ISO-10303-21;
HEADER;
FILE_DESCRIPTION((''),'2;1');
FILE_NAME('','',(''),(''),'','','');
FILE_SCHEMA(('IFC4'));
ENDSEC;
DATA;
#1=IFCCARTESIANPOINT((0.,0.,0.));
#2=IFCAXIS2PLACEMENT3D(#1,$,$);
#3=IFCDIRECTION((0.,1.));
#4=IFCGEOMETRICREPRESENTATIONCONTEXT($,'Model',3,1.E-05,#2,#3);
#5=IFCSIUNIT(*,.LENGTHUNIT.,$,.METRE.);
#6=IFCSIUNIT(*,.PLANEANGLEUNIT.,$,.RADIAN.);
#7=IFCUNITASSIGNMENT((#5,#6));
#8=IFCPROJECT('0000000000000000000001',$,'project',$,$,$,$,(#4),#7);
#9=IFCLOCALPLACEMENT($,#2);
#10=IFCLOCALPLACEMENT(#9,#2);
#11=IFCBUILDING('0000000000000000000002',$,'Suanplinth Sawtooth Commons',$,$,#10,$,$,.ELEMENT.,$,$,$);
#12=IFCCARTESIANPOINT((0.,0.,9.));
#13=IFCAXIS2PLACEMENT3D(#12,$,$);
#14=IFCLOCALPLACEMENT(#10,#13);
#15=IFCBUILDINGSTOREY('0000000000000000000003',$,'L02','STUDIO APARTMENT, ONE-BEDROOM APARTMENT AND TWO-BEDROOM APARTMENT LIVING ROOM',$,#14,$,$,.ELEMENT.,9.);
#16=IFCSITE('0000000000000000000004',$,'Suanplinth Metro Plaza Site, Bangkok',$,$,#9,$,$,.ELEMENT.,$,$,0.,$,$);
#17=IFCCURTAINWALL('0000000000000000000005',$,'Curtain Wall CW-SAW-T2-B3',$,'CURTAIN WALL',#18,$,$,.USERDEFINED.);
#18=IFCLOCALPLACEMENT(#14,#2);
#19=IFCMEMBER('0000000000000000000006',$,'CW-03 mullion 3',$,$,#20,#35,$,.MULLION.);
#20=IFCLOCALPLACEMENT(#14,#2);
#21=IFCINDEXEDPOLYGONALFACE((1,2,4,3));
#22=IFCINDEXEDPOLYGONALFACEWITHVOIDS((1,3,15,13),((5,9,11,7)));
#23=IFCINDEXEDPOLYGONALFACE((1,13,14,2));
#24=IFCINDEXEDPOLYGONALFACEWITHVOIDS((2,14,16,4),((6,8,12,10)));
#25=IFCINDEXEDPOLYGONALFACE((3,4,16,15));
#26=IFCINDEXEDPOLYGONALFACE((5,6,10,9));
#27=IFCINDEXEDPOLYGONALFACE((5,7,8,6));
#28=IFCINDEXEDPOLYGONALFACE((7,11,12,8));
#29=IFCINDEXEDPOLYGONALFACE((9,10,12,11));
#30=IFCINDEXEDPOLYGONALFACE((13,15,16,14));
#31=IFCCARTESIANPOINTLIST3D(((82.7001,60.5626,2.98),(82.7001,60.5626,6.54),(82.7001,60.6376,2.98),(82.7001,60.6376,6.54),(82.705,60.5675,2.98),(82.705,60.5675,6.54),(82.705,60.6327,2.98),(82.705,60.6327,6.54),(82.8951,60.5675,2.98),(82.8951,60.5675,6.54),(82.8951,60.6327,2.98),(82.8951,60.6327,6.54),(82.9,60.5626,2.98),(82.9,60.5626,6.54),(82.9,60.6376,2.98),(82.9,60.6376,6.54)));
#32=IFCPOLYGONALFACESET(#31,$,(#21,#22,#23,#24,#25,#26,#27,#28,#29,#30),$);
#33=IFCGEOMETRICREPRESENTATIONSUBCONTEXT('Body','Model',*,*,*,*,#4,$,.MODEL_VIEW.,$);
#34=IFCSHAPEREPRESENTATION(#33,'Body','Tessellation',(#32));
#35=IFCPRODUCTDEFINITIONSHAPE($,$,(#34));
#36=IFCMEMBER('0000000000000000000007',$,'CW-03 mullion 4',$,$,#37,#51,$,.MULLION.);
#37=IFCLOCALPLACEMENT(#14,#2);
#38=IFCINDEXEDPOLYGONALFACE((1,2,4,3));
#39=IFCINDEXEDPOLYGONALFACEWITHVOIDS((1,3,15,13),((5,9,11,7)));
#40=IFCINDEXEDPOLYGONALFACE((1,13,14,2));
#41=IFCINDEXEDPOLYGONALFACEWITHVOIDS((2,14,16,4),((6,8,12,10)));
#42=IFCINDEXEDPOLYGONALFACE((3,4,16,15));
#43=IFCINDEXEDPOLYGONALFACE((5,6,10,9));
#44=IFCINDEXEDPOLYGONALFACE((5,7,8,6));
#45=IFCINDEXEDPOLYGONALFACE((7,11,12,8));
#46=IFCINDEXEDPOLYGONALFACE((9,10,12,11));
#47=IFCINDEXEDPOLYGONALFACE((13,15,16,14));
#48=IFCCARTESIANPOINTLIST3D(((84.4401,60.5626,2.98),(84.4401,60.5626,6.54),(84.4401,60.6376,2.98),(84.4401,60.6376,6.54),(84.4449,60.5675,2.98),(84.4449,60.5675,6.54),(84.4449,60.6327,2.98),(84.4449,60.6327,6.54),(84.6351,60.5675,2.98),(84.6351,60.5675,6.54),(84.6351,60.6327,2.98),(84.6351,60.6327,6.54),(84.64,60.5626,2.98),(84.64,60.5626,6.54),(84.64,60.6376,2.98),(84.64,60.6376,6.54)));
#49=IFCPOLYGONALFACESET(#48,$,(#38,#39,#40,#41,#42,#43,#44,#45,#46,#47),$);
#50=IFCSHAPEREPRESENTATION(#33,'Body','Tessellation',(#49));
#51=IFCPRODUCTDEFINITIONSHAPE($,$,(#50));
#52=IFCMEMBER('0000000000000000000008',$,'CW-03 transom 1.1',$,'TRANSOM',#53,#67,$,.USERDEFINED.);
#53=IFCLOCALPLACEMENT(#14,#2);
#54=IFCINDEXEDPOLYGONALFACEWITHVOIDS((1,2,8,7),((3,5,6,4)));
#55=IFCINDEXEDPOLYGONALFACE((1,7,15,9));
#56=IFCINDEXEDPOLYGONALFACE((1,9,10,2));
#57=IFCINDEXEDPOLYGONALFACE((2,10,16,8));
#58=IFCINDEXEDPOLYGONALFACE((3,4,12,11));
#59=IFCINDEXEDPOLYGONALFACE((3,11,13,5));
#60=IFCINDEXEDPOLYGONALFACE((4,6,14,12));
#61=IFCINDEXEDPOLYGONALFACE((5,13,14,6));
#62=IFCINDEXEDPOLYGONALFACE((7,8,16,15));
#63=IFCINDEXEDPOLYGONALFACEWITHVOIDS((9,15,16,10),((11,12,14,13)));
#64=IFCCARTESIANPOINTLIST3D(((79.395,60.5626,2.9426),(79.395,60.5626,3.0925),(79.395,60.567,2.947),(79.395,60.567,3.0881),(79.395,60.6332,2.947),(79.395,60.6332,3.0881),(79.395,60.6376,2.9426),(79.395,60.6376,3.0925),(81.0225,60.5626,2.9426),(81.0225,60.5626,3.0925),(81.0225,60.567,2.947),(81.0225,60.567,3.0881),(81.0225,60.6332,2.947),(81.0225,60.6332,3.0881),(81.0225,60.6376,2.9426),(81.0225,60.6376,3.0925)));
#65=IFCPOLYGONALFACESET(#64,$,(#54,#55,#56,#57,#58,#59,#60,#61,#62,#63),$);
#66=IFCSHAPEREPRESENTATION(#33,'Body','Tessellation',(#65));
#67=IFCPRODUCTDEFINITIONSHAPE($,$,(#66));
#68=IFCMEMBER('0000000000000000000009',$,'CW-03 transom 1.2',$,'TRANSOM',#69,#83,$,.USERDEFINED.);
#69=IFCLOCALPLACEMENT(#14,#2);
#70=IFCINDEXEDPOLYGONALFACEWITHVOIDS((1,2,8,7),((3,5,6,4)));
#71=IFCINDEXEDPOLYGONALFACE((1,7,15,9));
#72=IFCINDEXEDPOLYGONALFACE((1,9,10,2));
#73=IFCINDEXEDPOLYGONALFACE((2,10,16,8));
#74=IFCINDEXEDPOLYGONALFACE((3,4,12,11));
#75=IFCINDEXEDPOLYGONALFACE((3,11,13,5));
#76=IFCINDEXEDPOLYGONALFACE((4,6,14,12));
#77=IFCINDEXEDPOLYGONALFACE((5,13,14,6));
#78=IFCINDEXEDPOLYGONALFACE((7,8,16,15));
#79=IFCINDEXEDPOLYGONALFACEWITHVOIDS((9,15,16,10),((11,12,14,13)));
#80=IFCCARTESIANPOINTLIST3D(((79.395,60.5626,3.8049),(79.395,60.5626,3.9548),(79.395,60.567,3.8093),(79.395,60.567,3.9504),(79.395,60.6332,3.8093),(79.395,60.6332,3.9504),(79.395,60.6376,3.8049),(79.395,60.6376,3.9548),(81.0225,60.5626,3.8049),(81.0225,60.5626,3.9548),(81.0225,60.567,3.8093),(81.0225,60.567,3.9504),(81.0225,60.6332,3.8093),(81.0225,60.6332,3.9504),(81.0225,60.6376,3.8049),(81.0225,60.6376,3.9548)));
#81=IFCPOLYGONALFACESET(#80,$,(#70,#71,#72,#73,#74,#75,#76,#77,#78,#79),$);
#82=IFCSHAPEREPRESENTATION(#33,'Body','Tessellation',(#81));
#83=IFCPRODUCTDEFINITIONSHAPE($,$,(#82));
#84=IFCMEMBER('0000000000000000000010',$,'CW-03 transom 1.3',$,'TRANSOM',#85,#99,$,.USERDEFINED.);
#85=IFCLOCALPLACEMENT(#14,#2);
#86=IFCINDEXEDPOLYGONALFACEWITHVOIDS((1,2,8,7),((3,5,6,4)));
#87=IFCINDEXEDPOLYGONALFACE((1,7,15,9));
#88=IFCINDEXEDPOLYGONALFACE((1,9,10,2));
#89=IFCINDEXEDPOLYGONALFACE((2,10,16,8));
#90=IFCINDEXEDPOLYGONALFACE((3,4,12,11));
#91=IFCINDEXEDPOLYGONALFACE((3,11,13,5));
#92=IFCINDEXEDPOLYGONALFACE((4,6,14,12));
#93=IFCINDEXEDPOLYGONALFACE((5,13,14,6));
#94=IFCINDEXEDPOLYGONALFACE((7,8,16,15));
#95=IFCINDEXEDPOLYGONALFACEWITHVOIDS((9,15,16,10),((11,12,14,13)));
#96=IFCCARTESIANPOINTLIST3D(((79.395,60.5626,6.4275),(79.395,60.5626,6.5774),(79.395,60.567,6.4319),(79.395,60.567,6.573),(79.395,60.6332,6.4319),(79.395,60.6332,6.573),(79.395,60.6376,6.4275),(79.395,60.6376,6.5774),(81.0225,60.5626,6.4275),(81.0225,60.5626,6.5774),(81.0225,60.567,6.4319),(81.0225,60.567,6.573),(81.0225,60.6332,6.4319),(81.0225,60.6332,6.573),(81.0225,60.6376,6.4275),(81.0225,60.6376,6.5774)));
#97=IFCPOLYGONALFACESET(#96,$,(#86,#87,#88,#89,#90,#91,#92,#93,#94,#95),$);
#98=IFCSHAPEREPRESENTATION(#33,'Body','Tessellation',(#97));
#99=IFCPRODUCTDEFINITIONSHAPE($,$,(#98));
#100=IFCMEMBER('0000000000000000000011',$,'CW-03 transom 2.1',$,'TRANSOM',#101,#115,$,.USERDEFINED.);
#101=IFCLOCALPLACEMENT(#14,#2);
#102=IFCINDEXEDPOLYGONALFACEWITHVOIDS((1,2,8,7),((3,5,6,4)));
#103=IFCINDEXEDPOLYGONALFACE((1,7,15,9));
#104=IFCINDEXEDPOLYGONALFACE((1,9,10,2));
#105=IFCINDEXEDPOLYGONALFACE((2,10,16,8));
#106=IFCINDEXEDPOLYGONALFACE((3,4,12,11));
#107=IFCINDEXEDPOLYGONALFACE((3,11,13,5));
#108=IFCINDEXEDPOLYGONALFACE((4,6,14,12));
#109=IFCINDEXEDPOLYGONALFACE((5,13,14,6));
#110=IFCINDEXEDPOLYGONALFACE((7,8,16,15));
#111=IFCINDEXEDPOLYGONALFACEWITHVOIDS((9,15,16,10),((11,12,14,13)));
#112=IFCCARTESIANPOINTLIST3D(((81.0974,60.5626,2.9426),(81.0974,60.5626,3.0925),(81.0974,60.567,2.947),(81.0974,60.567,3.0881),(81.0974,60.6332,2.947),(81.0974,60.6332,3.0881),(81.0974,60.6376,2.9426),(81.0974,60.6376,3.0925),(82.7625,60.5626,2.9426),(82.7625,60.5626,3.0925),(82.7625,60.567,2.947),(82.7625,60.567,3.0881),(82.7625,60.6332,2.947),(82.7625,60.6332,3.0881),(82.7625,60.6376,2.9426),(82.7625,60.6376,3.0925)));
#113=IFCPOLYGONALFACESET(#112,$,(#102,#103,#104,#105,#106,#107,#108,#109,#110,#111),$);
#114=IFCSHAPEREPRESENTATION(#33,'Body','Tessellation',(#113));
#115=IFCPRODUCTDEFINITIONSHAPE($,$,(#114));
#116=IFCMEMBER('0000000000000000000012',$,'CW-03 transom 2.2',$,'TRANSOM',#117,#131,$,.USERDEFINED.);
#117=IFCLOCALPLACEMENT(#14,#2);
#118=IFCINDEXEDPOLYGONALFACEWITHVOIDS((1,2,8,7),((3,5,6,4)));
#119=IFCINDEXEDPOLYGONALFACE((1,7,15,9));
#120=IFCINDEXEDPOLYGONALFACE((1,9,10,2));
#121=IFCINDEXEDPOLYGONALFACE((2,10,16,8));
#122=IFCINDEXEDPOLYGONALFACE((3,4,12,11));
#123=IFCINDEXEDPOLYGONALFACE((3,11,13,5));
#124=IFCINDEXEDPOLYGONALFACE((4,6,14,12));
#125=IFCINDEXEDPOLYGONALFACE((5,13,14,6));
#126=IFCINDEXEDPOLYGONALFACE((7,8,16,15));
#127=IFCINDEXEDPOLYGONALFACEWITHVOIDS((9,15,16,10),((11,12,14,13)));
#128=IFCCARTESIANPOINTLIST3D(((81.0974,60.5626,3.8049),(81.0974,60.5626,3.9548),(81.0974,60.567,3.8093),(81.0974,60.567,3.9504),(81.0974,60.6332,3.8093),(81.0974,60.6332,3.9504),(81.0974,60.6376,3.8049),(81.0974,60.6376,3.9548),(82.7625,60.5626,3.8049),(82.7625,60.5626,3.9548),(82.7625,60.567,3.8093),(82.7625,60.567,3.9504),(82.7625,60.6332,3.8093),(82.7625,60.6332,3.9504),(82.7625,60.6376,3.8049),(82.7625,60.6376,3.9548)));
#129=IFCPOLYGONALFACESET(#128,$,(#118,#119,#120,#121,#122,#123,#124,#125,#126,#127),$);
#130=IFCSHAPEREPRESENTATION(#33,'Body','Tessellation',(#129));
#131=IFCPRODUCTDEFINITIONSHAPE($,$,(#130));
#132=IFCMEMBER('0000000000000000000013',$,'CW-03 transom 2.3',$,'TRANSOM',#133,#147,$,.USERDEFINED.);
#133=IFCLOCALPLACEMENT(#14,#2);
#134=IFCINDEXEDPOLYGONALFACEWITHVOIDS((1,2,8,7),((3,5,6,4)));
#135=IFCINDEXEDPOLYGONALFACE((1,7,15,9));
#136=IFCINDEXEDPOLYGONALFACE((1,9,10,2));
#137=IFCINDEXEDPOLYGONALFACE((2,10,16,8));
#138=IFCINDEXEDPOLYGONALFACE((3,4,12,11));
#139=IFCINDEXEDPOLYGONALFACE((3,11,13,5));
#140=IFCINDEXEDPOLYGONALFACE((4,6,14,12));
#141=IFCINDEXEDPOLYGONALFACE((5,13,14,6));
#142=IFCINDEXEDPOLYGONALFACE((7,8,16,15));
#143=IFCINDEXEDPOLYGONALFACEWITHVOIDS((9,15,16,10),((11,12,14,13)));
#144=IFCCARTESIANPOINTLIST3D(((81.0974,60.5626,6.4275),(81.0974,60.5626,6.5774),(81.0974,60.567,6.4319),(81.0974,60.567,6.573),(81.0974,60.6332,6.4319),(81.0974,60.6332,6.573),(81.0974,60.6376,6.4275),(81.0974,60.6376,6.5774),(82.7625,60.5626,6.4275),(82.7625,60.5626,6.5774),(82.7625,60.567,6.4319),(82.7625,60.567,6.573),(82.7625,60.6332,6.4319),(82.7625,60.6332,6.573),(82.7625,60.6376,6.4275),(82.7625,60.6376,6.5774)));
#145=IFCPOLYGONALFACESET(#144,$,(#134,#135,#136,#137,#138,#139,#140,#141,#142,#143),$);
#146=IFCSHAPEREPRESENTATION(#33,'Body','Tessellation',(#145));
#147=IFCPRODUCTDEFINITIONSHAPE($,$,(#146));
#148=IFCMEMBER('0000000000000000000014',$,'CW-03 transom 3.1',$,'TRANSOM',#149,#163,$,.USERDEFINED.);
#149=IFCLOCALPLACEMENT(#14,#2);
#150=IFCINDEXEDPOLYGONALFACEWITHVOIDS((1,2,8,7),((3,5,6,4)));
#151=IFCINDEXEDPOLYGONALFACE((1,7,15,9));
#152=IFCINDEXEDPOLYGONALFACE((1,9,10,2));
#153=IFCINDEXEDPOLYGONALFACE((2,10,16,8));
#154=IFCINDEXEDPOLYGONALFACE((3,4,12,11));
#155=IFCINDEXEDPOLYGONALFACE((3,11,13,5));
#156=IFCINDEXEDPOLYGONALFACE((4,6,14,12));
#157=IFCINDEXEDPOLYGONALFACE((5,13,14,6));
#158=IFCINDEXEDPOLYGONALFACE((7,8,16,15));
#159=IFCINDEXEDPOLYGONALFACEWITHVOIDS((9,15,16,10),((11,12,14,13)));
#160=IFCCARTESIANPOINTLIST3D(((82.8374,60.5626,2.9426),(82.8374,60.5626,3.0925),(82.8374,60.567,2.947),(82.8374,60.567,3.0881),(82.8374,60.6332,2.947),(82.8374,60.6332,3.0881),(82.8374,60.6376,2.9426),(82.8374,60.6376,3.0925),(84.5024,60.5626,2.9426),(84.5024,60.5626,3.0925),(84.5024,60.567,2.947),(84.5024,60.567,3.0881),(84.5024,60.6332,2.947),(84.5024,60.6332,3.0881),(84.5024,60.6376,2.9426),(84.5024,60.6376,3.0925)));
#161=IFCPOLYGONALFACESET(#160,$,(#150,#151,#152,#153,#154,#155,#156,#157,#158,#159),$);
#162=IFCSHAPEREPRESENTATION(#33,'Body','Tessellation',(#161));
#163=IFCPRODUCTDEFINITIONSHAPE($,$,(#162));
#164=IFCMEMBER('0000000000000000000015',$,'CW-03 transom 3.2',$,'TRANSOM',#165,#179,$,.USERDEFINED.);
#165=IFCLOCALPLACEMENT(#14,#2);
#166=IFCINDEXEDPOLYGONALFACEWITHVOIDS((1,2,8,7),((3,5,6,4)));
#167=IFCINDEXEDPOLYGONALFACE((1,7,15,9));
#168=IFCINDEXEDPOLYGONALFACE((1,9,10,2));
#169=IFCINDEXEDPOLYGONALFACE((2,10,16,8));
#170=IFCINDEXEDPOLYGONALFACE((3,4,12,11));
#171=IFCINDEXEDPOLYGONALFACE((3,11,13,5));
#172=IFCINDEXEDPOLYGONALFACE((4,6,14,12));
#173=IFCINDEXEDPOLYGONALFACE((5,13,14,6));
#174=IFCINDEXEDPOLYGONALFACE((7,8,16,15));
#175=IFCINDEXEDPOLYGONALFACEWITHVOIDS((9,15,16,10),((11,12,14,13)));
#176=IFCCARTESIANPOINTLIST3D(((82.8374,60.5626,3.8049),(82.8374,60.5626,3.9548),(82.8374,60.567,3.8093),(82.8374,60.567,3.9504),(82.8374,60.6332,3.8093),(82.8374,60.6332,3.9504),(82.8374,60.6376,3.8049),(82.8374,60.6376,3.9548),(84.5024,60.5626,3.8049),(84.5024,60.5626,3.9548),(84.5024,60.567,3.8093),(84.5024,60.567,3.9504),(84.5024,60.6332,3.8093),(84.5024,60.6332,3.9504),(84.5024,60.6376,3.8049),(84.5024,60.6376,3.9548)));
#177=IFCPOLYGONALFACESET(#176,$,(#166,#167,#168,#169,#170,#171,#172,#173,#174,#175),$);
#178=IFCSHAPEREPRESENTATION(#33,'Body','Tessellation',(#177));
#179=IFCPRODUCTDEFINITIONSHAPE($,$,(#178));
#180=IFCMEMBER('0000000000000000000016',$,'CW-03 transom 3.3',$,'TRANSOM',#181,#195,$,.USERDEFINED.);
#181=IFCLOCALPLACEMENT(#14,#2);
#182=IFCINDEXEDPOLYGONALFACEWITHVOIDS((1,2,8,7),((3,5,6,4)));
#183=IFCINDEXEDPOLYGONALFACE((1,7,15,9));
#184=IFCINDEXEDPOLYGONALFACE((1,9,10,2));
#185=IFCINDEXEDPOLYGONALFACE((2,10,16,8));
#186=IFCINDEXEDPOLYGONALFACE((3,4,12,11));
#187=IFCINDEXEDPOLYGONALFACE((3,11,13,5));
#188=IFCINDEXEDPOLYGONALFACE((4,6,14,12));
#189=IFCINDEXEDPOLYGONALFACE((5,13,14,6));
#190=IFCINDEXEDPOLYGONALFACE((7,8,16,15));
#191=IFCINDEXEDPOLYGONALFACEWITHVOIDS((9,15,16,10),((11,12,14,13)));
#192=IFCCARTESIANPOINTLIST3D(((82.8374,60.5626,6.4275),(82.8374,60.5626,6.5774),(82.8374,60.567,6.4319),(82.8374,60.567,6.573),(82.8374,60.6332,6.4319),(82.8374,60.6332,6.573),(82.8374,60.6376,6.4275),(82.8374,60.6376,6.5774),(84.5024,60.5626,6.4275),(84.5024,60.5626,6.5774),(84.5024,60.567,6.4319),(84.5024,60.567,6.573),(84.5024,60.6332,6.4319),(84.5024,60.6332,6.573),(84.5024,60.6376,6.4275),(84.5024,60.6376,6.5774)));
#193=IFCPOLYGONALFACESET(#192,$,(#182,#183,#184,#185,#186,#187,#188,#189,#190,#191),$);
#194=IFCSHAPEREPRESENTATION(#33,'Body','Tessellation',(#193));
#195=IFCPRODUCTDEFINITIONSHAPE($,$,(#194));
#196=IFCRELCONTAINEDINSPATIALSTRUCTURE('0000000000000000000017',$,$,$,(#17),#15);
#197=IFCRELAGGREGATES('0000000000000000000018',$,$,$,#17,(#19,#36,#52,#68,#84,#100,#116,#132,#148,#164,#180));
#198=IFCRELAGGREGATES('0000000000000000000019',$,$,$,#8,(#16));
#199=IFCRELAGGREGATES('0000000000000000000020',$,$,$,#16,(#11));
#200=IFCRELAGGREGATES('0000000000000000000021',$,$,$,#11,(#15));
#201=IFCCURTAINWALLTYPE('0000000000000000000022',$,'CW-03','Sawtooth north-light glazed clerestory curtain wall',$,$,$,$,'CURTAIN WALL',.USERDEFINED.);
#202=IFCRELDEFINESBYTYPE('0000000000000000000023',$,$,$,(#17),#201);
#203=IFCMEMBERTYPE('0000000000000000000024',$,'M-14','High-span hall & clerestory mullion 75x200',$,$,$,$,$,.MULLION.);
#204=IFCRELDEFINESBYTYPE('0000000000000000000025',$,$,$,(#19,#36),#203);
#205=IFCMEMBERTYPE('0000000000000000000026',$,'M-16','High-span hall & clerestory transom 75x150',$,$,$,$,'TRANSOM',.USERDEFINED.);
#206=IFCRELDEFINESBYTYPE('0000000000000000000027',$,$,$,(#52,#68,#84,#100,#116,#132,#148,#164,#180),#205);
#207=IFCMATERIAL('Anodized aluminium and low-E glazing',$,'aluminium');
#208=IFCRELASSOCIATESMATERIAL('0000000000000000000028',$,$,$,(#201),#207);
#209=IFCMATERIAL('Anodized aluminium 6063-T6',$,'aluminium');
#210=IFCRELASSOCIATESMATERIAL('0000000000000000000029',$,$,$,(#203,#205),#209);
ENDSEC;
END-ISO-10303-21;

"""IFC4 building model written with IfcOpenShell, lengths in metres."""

from ifc_helpers import new_model, si_unit, direction, frame, origin, origin_2d, place, context, subcontext, project, spatial, hollow_rectangle, extrude, material, material_profile, profile_set, type_object, element, aggregate, save


model = new_model("IFC4")

# Units and contexts
model_context = context("Model", 3, precision=1e-05, world=origin(), true_north=direction((0.0, 1.0)))
body_context = subcontext(model_context, "Body", "Model", "MODEL_VIEW")
ifc_project = project(units=[si_unit("LENGTHUNIT", "METRE"), si_unit("PLANEANGLEUNIT", "RADIAN")], contexts=[model_context])

# Site, building, storey
site_placement = place(None, origin())
site = spatial("IfcSite", under=ifc_project, at=site_placement, Name="Suanplinth Metro Plaza Site, Bangkok", CompositionType="ELEMENT", RefElevation=0.0)
building_placement = place(site_placement, origin())
building = spatial("IfcBuilding", under=site, at=building_placement, Name="Suanplinth Sawtooth Commons", CompositionType="ELEMENT")
storey_placement = place(building_placement, frame((0.0, 0.0, 9.0)))
storey = spatial("IfcBuildingStorey", under=building, at=storey_placement, Name="L02", Description="STUDIO APARTMENT, ONE-BEDROOM APARTMENT AND TWO-BEDROOM APARTMENT LIVING ROOM", CompositionType="ELEMENT", Elevation=9.0)

# Curtain wall, members
ifc_material_1 = material(Name="Anodized aluminium and low-E glazing", Category="aluminium")
curtain_wall_type = type_object("IfcCurtainWallType", Name="CW-03", Description="Sawtooth north-light glazed clerestory curtain wall", ElementType="CURTAIN WALL", PredefinedType="USERDEFINED", material=ifc_material_1)
curtain_wall_placement = place(storey_placement, origin())
curtain_wall = element("IfcCurtainWall", 1, at=curtain_wall_placement, inside=storey, type_object=curtain_wall_type, Name="Curtain Wall CW-SAW-T2-B3", ObjectType="CURTAIN WALL", PredefinedType="USERDEFINED")
ifc_material_2 = material(Name="Anodized aluminium 6063-T6", Category="aluminium")
ifc_material_profile_1 = material_profile(ifc_material_2, hollow_rectangle(XDim=0.075, YDim=0.2, WallThickness=0.0049, at=origin_2d()), Name="ALU-MUL 75x200")
ifc_profile_set_1 = profile_set([ifc_material_profile_1], Name="Anodized aluminium 6063-T6")
member_type_1 = type_object("IfcMemberType", Name="M-14", Description="High-span hall & clerestory mullion 75x200", PredefinedType="MULLION", material=ifc_profile_set_1)
member_1_placement = place(storey_placement, frame((82.8, 60.6001, 2.98), z_axis=(0.0, 0.0, 1.0), x_axis=(0.0, 1.0, 0.0)))
member_1 = element("IfcMember", 2, at=member_1_placement, type_object=member_type_1, Name="CW-03 mullion 3", PredefinedType="MULLION", context=body_context, shape_type="SweptSolid", body=[
    extrude(hollow_rectangle(XDim=0.075, YDim=0.2, WallThickness=0.0049, at=origin_2d()), origin(), (0.0, 0.0, 1.0), 3.5601),
])
member_2_placement = place(storey_placement, frame((84.54, 60.6001, 2.98), z_axis=(0.0, 0.0, 1.0), x_axis=(0.0, 1.0, 0.0)))
member_2 = element("IfcMember", 3, at=member_2_placement, type_object=member_type_1, Name="CW-03 mullion 4", PredefinedType="MULLION", context=body_context, shape_type="SweptSolid", body=[
    extrude(hollow_rectangle(XDim=0.075, YDim=0.2, WallThickness=0.0049, at=origin_2d()), origin(), (0.0, 0.0, 1.0), 3.5601),
])
ifc_material_profile_2 = material_profile(ifc_material_2, hollow_rectangle(XDim=0.075, YDim=0.1499, WallThickness=0.0044, at=origin_2d()), Name="ALU-TRN 75x150")
ifc_profile_set_2 = profile_set([ifc_material_profile_2], Name="Anodized aluminium 6063-T6")
member_type_2 = type_object("IfcMemberType", Name="M-16", Description="High-span hall & clerestory transom 75x150", ElementType="TRANSOM", PredefinedType="USERDEFINED", material=ifc_profile_set_2)
member_3_placement = place(storey_placement, frame((79.395, 60.6001, 3.0176), z_axis=(1.0, 0.0, 0.0), x_axis=(0.0, 1.0, 0.0)))
member_3 = element("IfcMember", 4, at=member_3_placement, type_object=member_type_2, Name="CW-03 transom 1.1", ObjectType="TRANSOM", PredefinedType="USERDEFINED", context=body_context, shape_type="SweptSolid", body=[
    extrude(hollow_rectangle(XDim=0.075, YDim=0.1499, WallThickness=0.0044, at=origin_2d()), origin(), (0.0, 0.0, 1.0), 1.6274),
])
member_4_placement = place(storey_placement, frame((79.395, 60.6001, 3.8799), z_axis=(1.0, 0.0, 0.0), x_axis=(0.0, 1.0, 0.0)))
member_4 = element("IfcMember", 5, at=member_4_placement, type_object=member_type_2, Name="CW-03 transom 1.2", ObjectType="TRANSOM", PredefinedType="USERDEFINED", context=body_context, shape_type="SweptSolid", body=[
    extrude(hollow_rectangle(XDim=0.075, YDim=0.1499, WallThickness=0.0044, at=origin_2d()), origin(), (0.0, 0.0, 1.0), 1.6274),
])
member_5_placement = place(storey_placement, frame((79.395, 60.6001, 6.5024), z_axis=(1.0, 0.0, 0.0), x_axis=(0.0, 1.0, 0.0)))
member_5 = element("IfcMember", 6, at=member_5_placement, type_object=member_type_2, Name="CW-03 transom 1.3", ObjectType="TRANSOM", PredefinedType="USERDEFINED", context=body_context, shape_type="SweptSolid", body=[
    extrude(hollow_rectangle(XDim=0.075, YDim=0.1499, WallThickness=0.0044, at=origin_2d()), origin(), (0.0, 0.0, 1.0), 1.6274),
])
member_6_placement = place(storey_placement, frame((81.0974, 60.6001, 3.0176), z_axis=(1.0, 0.0, 0.0), x_axis=(0.0, 1.0, 0.0)))
member_6 = element("IfcMember", 7, at=member_6_placement, type_object=member_type_2, Name="CW-03 transom 2.1", ObjectType="TRANSOM", PredefinedType="USERDEFINED", context=body_context, shape_type="SweptSolid", body=[
    extrude(hollow_rectangle(XDim=0.075, YDim=0.1499, WallThickness=0.0044, at=origin_2d()), origin(), (0.0, 0.0, 1.0), 1.665),
])
member_7_placement = place(storey_placement, frame((81.0974, 60.6001, 3.8799), z_axis=(1.0, 0.0, 0.0), x_axis=(0.0, 1.0, 0.0)))
member_7 = element("IfcMember", 8, at=member_7_placement, type_object=member_type_2, Name="CW-03 transom 2.2", ObjectType="TRANSOM", PredefinedType="USERDEFINED", context=body_context, shape_type="SweptSolid", body=[
    extrude(hollow_rectangle(XDim=0.075, YDim=0.1499, WallThickness=0.0044, at=origin_2d()), origin(), (0.0, 0.0, 1.0), 1.665),
])
member_8_placement = place(storey_placement, frame((81.0974, 60.6001, 6.5024), z_axis=(1.0, 0.0, 0.0), x_axis=(0.0, 1.0, 0.0)))
member_8 = element("IfcMember", 9, at=member_8_placement, type_object=member_type_2, Name="CW-03 transom 2.3", ObjectType="TRANSOM", PredefinedType="USERDEFINED", context=body_context, shape_type="SweptSolid", body=[
    extrude(hollow_rectangle(XDim=0.075, YDim=0.1499, WallThickness=0.0044, at=origin_2d()), origin(), (0.0, 0.0, 1.0), 1.665),
])
member_9_placement = place(storey_placement, frame((82.8374, 60.6001, 3.0176), z_axis=(1.0, 0.0, 0.0), x_axis=(0.0, 1.0, 0.0)))
member_9 = element("IfcMember", 10, at=member_9_placement, type_object=member_type_2, Name="CW-03 transom 3.1", ObjectType="TRANSOM", PredefinedType="USERDEFINED", context=body_context, shape_type="SweptSolid", body=[
    extrude(hollow_rectangle(XDim=0.075, YDim=0.1499, WallThickness=0.0044, at=origin_2d()), origin(), (0.0, 0.0, 1.0), 1.665),
])
member_10_placement = place(storey_placement, frame((82.8374, 60.6001, 3.8799), z_axis=(1.0, 0.0, 0.0), x_axis=(0.0, 1.0, 0.0)))
member_10 = element("IfcMember", 11, at=member_10_placement, type_object=member_type_2, Name="CW-03 transom 3.2", ObjectType="TRANSOM", PredefinedType="USERDEFINED", context=body_context, shape_type="SweptSolid", body=[
    extrude(hollow_rectangle(XDim=0.075, YDim=0.1499, WallThickness=0.0044, at=origin_2d()), origin(), (0.0, 0.0, 1.0), 1.665),
])
member_11_placement = place(storey_placement, frame((82.8374, 60.6001, 6.5024), z_axis=(1.0, 0.0, 0.0), x_axis=(0.0, 1.0, 0.0)))
member_11 = element("IfcMember", 12, at=member_11_placement, type_object=member_type_2, Name="CW-03 transom 3.3", ObjectType="TRANSOM", PredefinedType="USERDEFINED", context=body_context, shape_type="SweptSolid", body=[
    extrude(hollow_rectangle(XDim=0.075, YDim=0.1499, WallThickness=0.0044, at=origin_2d()), origin(), (0.0, 0.0, 1.0), 1.665),
])

aggregate(curtain_wall, [member_1, member_2, member_3, member_4, member_5, member_6, member_7, member_8, member_9, member_10, member_11])

save(model, "model.ifc")
